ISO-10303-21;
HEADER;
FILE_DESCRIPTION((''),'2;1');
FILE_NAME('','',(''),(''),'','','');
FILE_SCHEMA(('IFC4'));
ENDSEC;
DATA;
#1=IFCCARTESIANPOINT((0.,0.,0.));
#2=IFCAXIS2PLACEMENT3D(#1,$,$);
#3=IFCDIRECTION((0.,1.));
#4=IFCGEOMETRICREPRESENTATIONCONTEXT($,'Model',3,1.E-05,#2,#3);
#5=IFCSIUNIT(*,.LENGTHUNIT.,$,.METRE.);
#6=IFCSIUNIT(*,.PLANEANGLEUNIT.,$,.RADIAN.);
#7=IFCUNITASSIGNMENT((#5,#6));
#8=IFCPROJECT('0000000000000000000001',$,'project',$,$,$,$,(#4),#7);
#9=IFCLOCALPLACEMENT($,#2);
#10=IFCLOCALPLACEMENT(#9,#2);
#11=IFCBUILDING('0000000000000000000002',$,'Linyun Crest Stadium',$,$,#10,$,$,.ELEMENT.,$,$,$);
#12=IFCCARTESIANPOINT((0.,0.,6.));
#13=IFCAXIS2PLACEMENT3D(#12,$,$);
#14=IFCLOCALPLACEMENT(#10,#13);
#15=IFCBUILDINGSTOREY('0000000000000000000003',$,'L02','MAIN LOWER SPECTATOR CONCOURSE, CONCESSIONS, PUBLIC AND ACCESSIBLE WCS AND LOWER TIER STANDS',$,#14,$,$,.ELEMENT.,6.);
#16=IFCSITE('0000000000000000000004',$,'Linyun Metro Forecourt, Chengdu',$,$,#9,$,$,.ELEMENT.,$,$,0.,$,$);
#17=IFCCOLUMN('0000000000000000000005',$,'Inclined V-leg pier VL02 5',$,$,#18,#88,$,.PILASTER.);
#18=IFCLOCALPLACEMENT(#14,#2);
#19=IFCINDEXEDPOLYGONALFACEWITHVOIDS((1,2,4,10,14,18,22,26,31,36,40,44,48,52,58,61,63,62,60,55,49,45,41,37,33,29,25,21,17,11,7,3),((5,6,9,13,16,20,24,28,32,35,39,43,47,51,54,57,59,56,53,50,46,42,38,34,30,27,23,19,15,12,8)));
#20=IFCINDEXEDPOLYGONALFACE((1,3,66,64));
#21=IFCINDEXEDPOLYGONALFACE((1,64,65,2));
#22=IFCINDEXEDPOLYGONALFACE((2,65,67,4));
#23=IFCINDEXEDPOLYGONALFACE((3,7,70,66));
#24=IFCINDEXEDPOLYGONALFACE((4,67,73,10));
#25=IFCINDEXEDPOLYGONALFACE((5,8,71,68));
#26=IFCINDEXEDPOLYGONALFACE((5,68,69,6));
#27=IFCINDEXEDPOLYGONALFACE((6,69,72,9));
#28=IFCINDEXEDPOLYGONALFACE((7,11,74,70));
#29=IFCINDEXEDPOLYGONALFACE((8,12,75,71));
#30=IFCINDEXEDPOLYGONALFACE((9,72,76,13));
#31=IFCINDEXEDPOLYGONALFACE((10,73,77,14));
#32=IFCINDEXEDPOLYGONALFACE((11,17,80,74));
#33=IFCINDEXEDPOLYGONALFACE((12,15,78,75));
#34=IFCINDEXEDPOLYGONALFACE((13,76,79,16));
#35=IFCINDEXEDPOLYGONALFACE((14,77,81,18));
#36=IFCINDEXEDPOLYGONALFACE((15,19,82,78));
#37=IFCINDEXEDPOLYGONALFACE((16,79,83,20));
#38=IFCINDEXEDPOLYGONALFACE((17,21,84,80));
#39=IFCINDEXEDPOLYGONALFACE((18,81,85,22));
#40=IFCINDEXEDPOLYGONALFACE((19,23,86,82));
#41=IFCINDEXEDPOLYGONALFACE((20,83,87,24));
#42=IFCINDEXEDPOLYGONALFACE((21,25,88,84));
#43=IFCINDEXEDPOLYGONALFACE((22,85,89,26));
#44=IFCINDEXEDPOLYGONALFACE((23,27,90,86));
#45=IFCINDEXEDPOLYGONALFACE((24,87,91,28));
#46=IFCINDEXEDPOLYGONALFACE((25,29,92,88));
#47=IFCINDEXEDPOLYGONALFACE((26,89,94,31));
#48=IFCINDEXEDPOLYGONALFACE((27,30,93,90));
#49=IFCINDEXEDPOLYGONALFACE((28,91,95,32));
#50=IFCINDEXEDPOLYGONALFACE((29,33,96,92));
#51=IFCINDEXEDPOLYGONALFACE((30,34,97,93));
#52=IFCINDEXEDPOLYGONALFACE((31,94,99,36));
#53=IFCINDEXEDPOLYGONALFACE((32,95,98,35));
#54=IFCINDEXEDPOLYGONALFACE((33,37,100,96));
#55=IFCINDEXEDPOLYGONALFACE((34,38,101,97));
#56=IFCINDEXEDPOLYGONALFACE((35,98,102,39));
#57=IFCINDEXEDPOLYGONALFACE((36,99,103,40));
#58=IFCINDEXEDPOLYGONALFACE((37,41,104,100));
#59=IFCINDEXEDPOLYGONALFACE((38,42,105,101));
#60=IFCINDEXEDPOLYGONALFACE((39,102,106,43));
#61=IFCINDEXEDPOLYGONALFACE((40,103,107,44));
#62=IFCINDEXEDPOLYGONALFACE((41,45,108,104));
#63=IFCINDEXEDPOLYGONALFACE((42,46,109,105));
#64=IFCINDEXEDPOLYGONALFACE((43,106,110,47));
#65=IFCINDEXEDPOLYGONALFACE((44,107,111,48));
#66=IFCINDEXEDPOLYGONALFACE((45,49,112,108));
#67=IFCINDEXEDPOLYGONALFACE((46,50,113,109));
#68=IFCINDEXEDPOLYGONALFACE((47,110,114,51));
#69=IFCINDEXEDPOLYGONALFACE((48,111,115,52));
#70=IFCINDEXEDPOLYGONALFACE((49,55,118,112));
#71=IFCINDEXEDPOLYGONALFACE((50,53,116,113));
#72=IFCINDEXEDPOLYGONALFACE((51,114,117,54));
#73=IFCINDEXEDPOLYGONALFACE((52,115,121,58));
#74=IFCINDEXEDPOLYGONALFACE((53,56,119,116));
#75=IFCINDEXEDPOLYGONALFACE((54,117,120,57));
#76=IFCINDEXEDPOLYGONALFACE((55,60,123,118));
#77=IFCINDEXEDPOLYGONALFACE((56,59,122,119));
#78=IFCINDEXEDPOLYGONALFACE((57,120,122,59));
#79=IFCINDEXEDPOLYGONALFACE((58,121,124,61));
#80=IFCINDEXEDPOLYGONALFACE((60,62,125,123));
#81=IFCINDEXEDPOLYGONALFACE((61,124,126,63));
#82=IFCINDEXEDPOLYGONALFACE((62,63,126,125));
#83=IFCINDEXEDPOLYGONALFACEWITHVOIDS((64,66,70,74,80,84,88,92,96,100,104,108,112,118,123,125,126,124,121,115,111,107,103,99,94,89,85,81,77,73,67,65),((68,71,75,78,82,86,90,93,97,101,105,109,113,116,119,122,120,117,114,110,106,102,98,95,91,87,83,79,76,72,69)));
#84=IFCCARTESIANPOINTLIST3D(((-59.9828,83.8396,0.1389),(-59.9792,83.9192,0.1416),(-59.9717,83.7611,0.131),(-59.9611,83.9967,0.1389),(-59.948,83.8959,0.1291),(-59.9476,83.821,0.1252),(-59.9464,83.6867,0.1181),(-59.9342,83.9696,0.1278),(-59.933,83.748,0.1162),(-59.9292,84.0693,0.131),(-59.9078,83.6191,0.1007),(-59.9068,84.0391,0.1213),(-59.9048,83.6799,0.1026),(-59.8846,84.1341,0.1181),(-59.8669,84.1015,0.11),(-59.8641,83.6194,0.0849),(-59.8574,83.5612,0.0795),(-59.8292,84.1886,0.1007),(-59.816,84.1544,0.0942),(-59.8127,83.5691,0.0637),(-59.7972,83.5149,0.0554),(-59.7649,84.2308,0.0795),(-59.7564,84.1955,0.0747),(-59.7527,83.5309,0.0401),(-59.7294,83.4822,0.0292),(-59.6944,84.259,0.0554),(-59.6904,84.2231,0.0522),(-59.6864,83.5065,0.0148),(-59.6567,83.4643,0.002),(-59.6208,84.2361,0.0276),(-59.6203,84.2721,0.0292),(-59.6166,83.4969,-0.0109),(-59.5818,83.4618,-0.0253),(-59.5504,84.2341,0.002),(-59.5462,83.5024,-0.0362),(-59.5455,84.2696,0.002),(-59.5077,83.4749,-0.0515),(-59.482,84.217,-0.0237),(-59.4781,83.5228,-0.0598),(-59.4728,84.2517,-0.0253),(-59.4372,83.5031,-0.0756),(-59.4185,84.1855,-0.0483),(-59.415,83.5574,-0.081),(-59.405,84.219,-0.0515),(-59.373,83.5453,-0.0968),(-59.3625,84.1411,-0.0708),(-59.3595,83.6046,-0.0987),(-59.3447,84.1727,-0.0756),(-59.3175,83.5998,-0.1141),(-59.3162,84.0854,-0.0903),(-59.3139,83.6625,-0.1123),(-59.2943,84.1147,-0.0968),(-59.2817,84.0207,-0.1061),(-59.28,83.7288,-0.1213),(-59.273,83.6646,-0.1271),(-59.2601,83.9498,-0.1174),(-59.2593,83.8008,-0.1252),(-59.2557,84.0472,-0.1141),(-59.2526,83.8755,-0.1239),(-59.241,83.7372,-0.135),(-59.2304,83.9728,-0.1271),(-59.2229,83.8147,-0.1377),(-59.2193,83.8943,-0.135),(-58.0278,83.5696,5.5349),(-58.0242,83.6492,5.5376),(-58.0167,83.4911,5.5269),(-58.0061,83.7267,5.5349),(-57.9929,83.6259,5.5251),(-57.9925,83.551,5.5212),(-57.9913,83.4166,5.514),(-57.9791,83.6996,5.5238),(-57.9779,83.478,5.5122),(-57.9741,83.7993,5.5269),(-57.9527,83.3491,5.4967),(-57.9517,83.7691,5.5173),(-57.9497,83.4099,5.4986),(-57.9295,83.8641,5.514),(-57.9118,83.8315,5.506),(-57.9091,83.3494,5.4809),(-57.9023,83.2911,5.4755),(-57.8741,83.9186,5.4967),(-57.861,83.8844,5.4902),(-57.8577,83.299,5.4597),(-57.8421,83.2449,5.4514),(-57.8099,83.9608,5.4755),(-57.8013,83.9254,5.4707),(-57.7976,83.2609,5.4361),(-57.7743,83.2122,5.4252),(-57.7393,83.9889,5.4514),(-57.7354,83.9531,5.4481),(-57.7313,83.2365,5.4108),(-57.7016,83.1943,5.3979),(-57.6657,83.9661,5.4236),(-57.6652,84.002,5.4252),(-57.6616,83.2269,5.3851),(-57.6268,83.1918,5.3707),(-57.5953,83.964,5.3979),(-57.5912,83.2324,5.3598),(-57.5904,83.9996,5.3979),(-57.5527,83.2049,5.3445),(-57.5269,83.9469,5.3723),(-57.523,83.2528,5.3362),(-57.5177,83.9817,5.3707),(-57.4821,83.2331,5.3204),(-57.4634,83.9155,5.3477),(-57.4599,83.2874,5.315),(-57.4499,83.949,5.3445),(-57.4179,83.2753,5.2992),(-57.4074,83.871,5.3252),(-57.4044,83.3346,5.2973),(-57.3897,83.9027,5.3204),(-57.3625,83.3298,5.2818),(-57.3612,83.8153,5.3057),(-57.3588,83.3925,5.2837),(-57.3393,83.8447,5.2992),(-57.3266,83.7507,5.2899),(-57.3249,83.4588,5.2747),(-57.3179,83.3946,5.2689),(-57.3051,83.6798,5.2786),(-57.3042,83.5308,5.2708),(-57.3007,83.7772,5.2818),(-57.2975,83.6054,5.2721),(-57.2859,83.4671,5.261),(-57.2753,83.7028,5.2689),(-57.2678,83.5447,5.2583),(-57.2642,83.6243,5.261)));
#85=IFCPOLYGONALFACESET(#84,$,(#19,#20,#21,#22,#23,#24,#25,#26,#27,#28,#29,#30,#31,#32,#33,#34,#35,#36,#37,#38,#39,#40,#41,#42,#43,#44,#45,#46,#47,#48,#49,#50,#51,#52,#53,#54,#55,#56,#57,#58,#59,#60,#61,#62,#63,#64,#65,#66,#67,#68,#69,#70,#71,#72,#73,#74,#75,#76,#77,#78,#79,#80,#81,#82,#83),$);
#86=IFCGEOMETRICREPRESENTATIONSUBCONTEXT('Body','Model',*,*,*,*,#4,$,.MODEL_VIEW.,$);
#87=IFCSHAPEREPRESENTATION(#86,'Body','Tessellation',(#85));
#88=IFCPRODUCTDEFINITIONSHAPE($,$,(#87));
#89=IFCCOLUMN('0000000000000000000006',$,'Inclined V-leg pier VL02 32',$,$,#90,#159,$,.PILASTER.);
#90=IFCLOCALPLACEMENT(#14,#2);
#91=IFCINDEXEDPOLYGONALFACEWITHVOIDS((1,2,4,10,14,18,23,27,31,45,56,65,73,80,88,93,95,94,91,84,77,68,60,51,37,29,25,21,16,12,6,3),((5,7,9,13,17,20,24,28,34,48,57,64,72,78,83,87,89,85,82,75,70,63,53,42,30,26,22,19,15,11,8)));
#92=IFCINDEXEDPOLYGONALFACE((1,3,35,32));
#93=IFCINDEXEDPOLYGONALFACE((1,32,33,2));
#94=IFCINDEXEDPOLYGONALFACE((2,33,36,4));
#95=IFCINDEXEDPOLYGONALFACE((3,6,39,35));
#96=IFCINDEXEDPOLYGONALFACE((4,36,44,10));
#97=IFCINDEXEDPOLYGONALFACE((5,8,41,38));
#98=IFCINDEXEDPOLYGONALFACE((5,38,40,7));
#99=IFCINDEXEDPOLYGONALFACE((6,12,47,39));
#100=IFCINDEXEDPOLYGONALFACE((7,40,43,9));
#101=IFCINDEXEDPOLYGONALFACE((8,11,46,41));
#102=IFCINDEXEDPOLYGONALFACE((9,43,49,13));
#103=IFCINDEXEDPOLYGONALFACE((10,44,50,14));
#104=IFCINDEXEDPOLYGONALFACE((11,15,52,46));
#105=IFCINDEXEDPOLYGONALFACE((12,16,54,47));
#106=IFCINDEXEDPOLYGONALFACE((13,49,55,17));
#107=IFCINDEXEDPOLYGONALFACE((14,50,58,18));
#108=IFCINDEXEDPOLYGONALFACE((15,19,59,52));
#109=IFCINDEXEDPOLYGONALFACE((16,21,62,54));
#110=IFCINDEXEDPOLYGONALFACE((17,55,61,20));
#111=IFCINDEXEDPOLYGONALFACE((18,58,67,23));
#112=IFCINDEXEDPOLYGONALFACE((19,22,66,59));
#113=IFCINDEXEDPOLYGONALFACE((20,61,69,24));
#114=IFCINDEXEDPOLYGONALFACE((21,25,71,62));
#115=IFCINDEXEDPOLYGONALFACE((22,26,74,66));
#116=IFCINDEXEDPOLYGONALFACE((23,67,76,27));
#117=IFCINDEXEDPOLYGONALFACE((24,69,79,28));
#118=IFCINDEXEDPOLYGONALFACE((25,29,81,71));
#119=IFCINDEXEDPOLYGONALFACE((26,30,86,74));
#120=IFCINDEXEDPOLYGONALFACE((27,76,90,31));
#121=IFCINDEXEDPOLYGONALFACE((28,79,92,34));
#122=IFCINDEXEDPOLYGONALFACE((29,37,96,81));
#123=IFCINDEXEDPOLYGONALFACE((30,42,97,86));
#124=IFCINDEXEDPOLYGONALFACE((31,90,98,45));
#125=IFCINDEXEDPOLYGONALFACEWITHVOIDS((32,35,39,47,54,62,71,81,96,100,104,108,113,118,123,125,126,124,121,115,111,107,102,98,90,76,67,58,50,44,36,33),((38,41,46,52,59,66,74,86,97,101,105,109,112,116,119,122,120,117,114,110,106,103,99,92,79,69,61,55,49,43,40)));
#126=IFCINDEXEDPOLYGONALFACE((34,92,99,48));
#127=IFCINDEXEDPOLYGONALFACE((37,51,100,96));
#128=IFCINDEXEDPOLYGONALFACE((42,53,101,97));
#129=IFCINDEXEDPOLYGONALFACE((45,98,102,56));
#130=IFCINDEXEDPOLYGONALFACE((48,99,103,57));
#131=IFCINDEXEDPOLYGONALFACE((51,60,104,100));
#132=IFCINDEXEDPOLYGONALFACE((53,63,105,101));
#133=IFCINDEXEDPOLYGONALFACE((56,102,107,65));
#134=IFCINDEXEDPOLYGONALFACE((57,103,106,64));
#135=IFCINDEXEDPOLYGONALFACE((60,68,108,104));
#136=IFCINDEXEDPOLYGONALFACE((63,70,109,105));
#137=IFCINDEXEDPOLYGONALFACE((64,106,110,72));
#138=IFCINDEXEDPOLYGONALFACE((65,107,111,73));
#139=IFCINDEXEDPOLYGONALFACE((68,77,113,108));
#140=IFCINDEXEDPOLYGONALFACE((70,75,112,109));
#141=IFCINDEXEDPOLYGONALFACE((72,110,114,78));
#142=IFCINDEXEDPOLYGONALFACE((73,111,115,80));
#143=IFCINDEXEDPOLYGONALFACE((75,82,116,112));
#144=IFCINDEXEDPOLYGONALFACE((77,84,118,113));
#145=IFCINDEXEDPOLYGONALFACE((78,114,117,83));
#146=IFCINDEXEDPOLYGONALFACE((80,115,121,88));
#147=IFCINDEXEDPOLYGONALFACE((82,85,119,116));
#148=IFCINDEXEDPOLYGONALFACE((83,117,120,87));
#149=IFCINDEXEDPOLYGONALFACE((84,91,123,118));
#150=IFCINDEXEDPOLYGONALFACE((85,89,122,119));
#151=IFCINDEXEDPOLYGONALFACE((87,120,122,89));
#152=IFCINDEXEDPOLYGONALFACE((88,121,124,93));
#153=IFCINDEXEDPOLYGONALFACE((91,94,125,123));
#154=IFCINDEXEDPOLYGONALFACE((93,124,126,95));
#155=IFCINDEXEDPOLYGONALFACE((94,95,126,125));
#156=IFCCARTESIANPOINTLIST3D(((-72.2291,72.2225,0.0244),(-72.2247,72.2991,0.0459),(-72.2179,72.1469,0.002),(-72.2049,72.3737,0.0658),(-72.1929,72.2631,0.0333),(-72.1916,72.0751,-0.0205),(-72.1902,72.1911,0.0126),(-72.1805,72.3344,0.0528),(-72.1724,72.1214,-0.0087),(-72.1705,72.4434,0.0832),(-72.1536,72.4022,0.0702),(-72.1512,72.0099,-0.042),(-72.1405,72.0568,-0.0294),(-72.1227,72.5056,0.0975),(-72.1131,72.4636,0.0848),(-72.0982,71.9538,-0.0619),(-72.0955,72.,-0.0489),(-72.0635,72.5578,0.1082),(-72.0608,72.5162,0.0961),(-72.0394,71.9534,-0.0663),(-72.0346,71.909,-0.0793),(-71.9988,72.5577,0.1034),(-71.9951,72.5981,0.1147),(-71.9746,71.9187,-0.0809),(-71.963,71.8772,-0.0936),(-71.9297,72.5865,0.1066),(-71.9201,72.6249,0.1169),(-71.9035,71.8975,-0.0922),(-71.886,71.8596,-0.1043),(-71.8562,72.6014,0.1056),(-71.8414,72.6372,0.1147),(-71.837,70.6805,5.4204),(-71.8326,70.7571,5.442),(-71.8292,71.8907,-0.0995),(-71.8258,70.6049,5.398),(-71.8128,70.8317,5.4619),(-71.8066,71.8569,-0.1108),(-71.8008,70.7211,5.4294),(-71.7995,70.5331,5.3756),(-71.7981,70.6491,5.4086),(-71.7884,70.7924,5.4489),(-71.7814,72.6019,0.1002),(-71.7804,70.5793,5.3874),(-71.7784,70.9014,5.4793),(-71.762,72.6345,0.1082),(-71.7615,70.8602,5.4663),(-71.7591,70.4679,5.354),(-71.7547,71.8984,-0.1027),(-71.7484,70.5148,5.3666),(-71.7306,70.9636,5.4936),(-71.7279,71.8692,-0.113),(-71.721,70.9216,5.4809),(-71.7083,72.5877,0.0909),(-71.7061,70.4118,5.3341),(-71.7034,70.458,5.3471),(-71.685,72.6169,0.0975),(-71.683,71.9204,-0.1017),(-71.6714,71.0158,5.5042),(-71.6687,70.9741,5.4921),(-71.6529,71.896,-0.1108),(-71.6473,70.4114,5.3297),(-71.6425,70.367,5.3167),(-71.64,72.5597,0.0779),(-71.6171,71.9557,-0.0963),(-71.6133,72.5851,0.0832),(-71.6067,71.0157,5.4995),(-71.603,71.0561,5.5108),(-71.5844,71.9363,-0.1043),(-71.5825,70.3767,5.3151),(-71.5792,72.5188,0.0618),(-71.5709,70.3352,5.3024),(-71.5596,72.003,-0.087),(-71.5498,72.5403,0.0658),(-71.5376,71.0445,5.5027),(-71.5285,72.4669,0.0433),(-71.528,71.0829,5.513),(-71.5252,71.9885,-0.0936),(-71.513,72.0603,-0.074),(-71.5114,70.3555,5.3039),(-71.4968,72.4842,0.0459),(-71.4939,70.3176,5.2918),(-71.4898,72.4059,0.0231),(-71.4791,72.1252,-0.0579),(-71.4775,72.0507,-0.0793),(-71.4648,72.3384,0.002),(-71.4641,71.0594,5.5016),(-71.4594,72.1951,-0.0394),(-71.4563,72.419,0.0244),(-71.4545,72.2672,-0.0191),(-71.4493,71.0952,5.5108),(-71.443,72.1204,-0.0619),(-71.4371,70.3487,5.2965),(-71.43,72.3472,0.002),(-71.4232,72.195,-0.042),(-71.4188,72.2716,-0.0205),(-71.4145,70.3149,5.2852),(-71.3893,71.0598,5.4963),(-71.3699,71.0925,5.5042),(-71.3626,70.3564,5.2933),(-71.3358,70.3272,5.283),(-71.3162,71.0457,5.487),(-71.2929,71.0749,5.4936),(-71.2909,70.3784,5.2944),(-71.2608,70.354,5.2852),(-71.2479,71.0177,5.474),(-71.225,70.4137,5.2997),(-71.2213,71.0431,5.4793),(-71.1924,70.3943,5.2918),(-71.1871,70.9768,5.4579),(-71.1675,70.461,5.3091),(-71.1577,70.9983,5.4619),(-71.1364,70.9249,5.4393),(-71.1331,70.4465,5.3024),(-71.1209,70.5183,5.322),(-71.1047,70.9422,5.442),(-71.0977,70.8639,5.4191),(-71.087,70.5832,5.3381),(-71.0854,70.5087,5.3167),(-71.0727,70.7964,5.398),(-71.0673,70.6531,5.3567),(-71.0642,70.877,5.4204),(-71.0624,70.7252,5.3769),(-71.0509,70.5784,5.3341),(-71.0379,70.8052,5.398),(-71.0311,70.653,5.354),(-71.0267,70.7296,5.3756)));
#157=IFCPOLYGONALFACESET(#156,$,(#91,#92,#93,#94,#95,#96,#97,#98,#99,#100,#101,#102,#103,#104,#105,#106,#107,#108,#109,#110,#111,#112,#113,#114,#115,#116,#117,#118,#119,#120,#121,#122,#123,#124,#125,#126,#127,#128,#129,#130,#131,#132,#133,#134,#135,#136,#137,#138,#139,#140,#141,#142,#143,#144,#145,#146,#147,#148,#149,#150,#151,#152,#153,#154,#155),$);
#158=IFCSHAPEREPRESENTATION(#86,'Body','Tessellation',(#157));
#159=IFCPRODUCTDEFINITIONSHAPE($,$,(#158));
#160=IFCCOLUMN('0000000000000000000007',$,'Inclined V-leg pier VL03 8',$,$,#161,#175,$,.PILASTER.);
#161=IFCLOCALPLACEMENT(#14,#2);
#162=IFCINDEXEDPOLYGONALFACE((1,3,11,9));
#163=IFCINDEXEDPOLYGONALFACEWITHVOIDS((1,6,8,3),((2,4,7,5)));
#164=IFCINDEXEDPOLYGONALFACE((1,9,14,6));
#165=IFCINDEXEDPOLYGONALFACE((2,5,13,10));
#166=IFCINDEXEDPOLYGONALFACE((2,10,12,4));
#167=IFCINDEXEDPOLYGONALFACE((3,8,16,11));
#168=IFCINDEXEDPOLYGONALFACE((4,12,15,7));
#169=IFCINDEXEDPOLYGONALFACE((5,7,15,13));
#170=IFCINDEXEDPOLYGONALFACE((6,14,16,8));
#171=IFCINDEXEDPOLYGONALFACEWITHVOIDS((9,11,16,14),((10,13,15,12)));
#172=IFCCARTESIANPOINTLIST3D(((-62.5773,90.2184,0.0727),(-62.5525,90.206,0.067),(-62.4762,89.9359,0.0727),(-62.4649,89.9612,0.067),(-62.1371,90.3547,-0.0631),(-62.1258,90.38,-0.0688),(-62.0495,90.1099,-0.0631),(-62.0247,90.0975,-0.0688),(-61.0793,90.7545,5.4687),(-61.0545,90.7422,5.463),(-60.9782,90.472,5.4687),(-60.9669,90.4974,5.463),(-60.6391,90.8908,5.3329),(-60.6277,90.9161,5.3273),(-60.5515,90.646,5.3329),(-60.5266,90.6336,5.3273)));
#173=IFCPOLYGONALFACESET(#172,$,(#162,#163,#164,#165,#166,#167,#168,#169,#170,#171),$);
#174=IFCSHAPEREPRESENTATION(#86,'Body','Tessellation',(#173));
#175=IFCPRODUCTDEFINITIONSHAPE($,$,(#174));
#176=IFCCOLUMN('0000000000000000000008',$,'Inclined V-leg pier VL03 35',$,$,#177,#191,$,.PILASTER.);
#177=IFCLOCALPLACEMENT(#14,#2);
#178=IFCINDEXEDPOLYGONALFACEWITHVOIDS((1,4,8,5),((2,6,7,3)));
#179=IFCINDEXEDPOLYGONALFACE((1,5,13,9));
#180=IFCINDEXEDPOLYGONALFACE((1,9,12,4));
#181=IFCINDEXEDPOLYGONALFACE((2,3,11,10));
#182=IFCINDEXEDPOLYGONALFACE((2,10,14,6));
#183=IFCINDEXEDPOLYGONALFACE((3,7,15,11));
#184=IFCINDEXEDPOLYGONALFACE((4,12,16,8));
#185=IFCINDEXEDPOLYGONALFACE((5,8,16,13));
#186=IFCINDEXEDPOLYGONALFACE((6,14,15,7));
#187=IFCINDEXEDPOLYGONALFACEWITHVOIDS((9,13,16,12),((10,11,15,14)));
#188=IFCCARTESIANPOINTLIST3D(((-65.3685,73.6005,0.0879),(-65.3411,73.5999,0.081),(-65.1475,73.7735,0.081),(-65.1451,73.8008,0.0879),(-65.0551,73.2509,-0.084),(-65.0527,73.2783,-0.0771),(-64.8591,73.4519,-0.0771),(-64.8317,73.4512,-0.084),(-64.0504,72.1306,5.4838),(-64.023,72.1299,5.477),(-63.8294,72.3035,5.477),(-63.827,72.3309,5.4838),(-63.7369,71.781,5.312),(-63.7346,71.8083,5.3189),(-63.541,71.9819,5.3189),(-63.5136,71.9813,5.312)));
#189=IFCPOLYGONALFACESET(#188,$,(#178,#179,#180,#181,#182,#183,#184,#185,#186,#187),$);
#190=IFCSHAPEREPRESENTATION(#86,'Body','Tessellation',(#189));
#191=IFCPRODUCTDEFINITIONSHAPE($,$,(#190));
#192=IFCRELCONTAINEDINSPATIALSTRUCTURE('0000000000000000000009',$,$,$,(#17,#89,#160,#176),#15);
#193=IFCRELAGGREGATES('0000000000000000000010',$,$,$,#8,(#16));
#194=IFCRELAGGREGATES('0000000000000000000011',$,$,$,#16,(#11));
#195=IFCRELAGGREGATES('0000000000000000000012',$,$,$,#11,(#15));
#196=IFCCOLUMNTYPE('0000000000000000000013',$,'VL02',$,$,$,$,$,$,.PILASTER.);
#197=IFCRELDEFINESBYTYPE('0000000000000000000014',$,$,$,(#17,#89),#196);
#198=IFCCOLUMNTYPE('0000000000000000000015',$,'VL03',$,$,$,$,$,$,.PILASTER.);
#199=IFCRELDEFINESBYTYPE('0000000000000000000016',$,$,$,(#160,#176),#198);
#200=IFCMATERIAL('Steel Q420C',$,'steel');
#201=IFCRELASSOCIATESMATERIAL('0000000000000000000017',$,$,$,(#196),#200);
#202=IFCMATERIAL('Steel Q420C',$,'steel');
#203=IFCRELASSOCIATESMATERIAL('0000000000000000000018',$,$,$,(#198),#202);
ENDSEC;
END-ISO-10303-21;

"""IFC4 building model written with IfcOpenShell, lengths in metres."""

from ifc_helpers import new_model, si_unit, direction, frame, origin, origin_2d, place, context, subcontext, project, spatial, hollow_rectangle, hollow_circle, extrude, material, material_profile, profile_set, type_object, element, save


model = new_model("IFC4")

# Units and contexts
model_context = context("Model", 3, precision=1e-05, world=origin(), true_north=direction((0.0, 1.0)))
body_context = subcontext(model_context, "Body", "Model", "MODEL_VIEW")
ifc_project = project(units=[si_unit("LENGTHUNIT", "METRE"), si_unit("PLANEANGLEUNIT", "RADIAN")], contexts=[model_context])

# Site, building, storey
site_placement = place(None, origin())
site = spatial("IfcSite", under=ifc_project, at=site_placement, Name="Linyun Metro Forecourt, Chengdu", CompositionType="ELEMENT", RefElevation=0.0)
building_placement = place(site_placement, origin())
building = spatial("IfcBuilding", under=site, at=building_placement, Name="Linyun Crest Stadium", CompositionType="ELEMENT")
storey_placement = place(building_placement, frame((0.0, 0.0, 6.0)))
storey = spatial("IfcBuildingStorey", under=building, at=storey_placement, Name="L02", Description="MAIN LOWER SPECTATOR CONCOURSE, CONCESSIONS, PUBLIC AND ACCESSIBLE WCS AND LOWER TIER STANDS", CompositionType="ELEMENT", Elevation=6.0)

# Columns
ifc_material_1 = material(Name="Steel Q420C", Category="steel")
ifc_material_profile_1 = material_profile(ifc_material_1, hollow_circle(Radius=0.4065, WallThickness=0.0359, at=origin_2d()), Name="CHS 813x36")
ifc_profile_set_1 = profile_set([ifc_material_profile_1], Name="Steel Q420C")
column_type_1 = type_object("IfcColumnType", Name="VL02", PredefinedType="PILASTER", material=ifc_profile_set_1)
column_1_placement = place(storey_placement, frame((-59.6011, 83.8669, 0.002), z_axis=(0.340273, -0.046996, 0.939151), x_axis=(0.136813, 0.990597, 0.0)))
element("IfcColumn", 1, at=column_1_placement, inside=storey, type_object=column_type_1, Name="Inclined V-leg pier VL02 5", PredefinedType="PILASTER", context=body_context, shape_type="SweptSolid", body=[
    extrude(hollow_circle(Radius=0.4065, WallThickness=0.0359, at=origin_2d()), origin(), (0.0, 0.0, 1.0), 5.7456),
])
column_2_placement = place(storey_placement, frame((-71.824, 72.2471, 0.002), z_axis=(0.069696, -0.274099, 0.959173), x_axis=(0.96916, 0.246433, 0.0)))
element("IfcColumn", 2, at=column_2_placement, inside=storey, type_object=column_type_1, Name="Inclined V-leg pier VL02 32", PredefinedType="PILASTER", context=body_context, shape_type="SweptSolid", body=[
    extrude(hollow_circle(Radius=0.4065, WallThickness=0.0359, at=origin_2d()), origin(), (0.0, 0.0, 1.0), 5.6257),
])
ifc_material_2 = material(Name="Steel Q420C", Category="steel")
ifc_material_profile_2 = material_profile(ifc_material_2, hollow_rectangle(XDim=0.3, YDim=0.5, WallThickness=0.02, at=origin_2d()), Name="RHS 500x300x20")
ifc_profile_set_2 = profile_set([ifc_material_profile_2], Name="Steel Q420C")
column_type_2 = type_object("IfcColumnType", Name="VL03", PredefinedType="PILASTER", material=ifc_profile_set_2)
column_3_placement = place(storey_placement, frame((-62.301, 90.158, 0.002), z_axis=(0.266287, 0.095301, 0.959171), x_axis=(-0.336958, 0.94152, 0.0)))
element("IfcColumn", 3, at=column_3_placement, inside=storey, type_object=column_type_2, Name="Inclined V-leg pier VL03 8", PredefinedType="PILASTER", context=body_context, shape_type="SweptSolid", body=[
    extrude(hollow_rectangle(XDim=0.3, YDim=0.5, WallThickness=0.02, at=origin_2d()), origin(), (0.0, 0.0, 1.0), 5.6257),
])
column_4_placement = place(storey_placement, frame((-65.1001, 73.5259, 0.002), z_axis=(0.229402, -0.255831, 0.939109), x_axis=(0.744516, 0.667604, 0.0)))
element("IfcColumn", 4, at=column_4_placement, inside=storey, type_object=column_type_2, Name="Inclined V-leg pier VL03 35", PredefinedType="PILASTER", context=body_context, shape_type="SweptSolid", body=[
    extrude(hollow_rectangle(XDim=0.3, YDim=0.5, WallThickness=0.02, at=origin_2d()), origin(), (0.0, 0.0, 1.0), 5.7458),
])

save(model, "model.ifc")
